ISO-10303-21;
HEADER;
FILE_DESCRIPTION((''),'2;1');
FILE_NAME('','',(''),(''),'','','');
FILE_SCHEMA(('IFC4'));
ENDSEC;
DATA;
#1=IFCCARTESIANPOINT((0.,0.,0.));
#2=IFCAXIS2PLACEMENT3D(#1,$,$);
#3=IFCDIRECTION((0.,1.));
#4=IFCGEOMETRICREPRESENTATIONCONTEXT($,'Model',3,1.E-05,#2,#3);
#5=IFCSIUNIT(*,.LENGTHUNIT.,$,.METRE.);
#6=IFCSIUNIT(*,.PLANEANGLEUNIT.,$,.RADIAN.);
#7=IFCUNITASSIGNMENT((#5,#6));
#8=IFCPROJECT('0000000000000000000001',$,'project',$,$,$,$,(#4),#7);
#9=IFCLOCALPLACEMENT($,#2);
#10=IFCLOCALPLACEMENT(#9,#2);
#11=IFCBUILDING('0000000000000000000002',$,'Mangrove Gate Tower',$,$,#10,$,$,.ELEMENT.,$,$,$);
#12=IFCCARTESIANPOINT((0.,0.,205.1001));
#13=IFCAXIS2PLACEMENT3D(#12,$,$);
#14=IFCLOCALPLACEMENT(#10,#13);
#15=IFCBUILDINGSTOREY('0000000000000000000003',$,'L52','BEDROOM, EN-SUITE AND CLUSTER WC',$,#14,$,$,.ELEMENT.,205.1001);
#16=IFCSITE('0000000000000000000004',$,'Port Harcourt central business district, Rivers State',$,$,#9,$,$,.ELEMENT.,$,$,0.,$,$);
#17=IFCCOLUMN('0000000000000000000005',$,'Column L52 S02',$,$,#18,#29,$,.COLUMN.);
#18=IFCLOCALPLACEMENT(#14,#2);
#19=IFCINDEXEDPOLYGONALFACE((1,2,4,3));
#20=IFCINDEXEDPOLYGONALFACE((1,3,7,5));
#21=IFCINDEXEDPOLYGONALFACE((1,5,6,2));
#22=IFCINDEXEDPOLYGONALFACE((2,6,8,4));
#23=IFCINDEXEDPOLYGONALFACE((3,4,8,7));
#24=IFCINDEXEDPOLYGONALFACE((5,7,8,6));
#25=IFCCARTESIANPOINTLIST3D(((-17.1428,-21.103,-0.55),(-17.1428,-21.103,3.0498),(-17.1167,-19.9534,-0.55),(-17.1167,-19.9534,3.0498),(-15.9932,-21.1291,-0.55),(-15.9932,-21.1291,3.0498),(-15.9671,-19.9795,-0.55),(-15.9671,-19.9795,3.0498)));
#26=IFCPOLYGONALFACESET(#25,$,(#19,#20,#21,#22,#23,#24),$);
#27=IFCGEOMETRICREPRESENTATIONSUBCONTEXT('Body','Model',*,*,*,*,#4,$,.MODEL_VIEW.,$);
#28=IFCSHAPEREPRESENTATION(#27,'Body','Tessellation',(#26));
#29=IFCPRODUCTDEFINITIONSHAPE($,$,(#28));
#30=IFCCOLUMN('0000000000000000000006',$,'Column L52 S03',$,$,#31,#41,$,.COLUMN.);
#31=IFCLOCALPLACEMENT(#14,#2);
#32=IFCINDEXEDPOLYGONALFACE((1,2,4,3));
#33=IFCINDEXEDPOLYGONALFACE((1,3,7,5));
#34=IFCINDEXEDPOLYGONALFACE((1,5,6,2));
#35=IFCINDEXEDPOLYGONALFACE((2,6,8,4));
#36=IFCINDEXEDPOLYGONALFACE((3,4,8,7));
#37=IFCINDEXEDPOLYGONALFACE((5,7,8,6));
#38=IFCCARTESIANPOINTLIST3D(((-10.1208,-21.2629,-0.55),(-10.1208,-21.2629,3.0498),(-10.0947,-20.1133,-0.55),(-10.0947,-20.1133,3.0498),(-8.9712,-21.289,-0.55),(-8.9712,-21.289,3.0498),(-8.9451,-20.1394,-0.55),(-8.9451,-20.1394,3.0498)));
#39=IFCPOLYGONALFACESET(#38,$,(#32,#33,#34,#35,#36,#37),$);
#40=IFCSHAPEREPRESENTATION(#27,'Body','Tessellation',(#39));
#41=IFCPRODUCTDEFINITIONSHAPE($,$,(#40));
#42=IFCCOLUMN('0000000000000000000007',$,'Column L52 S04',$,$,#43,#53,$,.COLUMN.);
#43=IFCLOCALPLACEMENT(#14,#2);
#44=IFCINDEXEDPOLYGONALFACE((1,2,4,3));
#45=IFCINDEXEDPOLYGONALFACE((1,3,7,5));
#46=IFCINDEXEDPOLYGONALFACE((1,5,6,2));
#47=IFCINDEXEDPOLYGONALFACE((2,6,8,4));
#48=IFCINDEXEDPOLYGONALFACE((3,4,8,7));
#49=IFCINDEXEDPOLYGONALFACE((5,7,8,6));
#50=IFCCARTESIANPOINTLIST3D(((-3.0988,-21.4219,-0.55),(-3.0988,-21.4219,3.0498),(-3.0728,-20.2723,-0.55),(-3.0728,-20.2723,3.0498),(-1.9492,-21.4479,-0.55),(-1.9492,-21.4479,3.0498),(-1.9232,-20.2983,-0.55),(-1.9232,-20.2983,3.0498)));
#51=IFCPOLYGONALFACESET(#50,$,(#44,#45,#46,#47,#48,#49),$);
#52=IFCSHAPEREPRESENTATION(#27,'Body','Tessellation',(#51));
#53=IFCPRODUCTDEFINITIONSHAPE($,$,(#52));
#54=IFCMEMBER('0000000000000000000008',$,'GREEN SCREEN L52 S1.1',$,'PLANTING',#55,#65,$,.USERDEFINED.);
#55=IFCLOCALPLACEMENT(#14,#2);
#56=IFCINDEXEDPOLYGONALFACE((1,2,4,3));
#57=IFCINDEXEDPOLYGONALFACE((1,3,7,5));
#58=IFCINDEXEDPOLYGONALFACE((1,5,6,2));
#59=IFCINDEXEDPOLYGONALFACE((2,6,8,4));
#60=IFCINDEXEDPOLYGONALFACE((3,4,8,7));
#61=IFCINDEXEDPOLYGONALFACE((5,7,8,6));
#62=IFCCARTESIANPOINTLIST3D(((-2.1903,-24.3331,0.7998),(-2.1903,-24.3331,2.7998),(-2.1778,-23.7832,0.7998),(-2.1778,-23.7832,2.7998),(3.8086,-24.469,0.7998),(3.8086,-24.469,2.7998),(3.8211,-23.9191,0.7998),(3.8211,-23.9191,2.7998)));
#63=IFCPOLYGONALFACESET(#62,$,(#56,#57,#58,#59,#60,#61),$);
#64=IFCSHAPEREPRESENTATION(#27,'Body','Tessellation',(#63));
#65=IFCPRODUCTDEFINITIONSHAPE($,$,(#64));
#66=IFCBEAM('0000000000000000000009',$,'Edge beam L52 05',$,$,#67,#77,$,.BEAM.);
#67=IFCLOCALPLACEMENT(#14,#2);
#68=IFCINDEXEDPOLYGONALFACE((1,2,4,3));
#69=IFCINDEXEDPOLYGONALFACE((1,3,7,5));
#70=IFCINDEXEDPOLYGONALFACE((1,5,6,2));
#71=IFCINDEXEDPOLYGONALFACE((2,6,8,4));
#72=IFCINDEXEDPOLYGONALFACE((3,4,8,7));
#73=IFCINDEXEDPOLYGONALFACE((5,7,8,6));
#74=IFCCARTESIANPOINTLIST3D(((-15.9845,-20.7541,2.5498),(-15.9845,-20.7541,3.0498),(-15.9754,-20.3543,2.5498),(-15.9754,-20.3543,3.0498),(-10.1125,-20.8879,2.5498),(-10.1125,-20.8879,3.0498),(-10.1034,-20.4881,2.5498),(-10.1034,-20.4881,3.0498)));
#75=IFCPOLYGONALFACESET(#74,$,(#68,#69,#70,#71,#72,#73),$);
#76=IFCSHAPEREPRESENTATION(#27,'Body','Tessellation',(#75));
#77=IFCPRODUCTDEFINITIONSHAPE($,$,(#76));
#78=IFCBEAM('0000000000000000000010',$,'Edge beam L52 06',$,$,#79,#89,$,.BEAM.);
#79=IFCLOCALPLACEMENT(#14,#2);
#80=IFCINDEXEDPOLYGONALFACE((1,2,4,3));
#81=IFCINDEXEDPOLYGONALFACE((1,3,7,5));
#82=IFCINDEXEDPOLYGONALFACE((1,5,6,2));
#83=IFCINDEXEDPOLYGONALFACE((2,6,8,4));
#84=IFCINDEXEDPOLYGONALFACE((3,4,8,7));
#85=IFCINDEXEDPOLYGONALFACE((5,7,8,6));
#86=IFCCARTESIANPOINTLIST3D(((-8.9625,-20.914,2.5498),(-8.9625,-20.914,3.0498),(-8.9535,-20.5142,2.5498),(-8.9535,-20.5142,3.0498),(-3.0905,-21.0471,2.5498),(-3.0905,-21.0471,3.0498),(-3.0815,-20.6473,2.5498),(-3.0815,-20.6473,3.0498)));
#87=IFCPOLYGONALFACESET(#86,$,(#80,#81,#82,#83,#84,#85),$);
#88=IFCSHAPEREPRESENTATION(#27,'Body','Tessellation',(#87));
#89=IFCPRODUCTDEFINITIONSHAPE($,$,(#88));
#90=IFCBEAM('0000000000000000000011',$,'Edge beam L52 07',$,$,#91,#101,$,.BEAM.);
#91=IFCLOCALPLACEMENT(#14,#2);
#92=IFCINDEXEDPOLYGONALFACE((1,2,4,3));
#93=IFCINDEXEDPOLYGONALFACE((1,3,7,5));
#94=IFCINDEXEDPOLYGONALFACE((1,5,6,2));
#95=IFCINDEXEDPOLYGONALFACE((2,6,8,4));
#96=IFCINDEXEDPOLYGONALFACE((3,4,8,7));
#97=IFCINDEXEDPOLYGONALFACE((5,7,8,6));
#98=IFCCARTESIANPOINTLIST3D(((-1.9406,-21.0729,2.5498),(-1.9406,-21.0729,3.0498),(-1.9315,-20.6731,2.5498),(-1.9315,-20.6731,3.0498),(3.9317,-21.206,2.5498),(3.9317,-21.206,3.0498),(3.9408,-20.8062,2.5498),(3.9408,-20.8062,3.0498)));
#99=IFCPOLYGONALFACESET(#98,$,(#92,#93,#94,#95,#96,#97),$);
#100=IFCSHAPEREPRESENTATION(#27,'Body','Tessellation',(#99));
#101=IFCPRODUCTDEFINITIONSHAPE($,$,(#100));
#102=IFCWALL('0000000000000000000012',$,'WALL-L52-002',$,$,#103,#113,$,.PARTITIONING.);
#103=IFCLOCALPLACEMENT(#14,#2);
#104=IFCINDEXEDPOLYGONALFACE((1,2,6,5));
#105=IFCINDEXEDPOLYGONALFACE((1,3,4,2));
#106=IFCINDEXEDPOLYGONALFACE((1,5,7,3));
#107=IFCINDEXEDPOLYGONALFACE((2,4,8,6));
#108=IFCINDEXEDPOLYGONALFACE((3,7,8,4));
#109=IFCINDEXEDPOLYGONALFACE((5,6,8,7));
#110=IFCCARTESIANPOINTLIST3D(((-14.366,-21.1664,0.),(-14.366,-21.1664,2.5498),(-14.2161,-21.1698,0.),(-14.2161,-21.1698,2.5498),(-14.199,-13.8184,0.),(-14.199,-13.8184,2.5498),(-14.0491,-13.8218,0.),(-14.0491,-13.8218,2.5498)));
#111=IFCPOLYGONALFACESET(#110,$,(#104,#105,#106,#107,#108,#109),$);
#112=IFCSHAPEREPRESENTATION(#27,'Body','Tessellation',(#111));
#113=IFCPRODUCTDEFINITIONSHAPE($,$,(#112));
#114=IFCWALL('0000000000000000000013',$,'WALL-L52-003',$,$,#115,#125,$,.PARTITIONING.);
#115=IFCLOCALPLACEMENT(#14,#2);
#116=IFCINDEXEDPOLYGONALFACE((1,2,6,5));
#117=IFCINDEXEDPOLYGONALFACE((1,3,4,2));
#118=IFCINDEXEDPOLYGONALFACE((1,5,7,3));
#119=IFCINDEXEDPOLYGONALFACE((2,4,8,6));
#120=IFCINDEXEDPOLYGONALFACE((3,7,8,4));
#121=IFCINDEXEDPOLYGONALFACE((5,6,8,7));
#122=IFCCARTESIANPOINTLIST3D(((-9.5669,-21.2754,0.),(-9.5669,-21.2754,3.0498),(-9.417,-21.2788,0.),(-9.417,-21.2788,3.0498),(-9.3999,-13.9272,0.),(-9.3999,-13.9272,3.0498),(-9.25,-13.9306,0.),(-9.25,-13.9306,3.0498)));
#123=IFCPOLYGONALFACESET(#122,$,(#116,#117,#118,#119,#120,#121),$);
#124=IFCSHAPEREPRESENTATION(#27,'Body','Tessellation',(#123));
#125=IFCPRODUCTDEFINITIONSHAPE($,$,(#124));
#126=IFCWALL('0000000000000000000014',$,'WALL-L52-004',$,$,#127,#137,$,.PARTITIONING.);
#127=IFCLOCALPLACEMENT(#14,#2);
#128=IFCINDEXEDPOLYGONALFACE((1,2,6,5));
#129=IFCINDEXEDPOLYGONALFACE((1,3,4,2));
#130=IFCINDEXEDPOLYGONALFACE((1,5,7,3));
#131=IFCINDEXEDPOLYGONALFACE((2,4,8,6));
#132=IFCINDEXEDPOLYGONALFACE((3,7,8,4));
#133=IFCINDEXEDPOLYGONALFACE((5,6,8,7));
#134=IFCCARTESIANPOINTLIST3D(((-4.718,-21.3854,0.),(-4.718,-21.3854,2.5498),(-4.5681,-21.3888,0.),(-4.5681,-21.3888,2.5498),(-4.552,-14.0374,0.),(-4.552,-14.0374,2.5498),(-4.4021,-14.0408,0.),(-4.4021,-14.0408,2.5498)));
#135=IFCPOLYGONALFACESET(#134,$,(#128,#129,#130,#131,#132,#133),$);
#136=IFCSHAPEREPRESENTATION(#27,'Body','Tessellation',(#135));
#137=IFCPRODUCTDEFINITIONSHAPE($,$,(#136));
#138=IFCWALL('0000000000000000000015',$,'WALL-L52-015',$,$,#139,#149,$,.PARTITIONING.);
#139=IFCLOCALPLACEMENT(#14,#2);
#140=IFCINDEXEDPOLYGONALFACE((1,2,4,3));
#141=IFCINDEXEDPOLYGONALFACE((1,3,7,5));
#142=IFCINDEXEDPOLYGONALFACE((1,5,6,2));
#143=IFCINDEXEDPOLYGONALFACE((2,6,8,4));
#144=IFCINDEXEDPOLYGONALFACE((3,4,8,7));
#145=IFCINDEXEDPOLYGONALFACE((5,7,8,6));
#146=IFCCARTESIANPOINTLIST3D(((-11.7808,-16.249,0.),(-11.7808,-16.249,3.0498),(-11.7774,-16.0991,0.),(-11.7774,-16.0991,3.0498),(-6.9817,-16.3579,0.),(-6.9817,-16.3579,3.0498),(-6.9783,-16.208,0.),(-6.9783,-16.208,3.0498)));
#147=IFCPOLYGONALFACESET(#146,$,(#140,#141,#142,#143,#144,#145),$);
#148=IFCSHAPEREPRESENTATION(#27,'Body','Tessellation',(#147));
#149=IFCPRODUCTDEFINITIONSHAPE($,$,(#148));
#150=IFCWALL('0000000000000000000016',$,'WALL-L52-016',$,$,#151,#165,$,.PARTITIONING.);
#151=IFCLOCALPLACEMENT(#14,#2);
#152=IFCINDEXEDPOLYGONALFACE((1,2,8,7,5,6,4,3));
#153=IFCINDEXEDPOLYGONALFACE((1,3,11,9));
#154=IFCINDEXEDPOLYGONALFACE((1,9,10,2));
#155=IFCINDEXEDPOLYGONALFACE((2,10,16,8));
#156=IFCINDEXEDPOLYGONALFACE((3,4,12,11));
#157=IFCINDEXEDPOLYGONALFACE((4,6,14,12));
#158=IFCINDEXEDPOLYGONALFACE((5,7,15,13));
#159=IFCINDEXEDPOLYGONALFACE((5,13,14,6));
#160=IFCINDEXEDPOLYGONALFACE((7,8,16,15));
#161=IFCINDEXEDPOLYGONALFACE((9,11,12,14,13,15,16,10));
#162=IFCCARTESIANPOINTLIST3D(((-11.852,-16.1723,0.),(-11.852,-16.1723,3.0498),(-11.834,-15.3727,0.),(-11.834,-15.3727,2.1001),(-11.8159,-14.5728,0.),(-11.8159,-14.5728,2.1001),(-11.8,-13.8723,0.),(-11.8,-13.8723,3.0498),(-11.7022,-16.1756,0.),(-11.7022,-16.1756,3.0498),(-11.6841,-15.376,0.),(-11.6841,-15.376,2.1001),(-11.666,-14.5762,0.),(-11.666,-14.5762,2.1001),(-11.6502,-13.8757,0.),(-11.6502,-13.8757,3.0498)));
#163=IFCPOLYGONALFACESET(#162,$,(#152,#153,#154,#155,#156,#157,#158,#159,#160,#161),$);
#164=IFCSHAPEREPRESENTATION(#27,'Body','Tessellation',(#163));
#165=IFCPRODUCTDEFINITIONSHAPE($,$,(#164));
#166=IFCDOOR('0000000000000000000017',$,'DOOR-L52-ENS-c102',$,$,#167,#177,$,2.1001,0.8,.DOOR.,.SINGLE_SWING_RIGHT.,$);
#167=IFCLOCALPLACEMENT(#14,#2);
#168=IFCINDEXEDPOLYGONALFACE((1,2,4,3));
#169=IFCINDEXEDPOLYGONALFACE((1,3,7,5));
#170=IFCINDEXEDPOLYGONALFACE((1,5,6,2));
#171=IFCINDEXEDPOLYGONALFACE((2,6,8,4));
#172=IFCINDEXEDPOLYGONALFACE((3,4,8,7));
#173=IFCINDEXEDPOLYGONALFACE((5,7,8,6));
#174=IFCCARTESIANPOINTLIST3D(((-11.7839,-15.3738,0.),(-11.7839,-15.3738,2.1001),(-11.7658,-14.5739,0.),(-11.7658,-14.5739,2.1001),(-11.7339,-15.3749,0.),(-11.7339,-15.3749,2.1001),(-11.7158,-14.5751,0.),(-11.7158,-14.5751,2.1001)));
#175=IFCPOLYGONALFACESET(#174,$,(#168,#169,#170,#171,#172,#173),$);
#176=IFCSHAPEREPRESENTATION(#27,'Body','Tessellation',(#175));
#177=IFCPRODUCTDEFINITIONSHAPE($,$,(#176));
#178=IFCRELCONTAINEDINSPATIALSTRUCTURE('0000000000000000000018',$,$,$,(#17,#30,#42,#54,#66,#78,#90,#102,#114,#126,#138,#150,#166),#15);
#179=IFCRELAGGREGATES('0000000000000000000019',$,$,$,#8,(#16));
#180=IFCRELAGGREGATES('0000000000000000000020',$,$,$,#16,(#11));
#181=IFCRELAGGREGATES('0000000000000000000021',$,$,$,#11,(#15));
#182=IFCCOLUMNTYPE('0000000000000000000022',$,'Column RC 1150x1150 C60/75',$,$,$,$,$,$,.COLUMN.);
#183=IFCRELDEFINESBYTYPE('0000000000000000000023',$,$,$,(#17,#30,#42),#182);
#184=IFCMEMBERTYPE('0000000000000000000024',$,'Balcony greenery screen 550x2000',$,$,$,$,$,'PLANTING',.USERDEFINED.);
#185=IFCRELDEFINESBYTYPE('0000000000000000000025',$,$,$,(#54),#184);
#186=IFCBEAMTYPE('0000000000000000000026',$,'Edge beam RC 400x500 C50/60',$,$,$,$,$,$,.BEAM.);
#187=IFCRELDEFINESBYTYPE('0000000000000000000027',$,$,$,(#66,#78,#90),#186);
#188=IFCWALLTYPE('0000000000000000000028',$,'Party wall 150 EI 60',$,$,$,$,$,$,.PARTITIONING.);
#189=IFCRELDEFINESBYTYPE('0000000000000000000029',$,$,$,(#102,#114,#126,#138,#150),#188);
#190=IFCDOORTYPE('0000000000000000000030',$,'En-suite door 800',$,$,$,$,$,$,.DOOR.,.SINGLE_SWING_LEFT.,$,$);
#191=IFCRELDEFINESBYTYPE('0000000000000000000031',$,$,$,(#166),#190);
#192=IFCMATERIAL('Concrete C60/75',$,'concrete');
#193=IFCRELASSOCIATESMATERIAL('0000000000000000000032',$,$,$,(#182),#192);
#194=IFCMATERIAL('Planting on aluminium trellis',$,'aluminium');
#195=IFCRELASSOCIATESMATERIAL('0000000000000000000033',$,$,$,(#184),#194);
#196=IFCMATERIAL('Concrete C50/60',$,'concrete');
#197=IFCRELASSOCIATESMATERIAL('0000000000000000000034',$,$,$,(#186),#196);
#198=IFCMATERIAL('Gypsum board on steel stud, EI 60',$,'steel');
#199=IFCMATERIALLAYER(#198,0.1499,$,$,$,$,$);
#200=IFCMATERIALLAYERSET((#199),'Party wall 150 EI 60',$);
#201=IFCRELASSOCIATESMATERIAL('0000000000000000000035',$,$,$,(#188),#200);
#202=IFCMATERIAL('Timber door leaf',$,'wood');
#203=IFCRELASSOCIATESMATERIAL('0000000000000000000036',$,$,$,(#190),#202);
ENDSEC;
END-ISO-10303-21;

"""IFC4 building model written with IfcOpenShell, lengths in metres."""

from ifc_helpers import new_model, si_unit, direction, frame, frame_2d, origin, origin_2d, place, context, subcontext, project, spatial, rectangle, extrude, material, layer, layer_set, material_profile, profile_set, type_object, element, fill, save


model = new_model("IFC4")

# Units and contexts
model_context = context("Model", 3, precision=1e-05, world=origin(), true_north=direction((0.0, 1.0)))
body_context = subcontext(model_context, "Body", "Model", "MODEL_VIEW")
ifc_project = project(units=[si_unit("LENGTHUNIT", "METRE"), si_unit("PLANEANGLEUNIT", "RADIAN")], contexts=[model_context])

# Site, building, storey
site_placement = place(None, origin())
site = spatial("IfcSite", under=ifc_project, at=site_placement, Name="Port Harcourt central business district, Rivers State", CompositionType="ELEMENT", RefElevation=0.0)
building_placement = place(site_placement, origin())
building = spatial("IfcBuilding", under=site, at=building_placement, Name="Mangrove Gate Tower", CompositionType="ELEMENT")
storey_placement = place(building_placement, frame((0.0, 0.0, 205.1001)))
storey = spatial("IfcBuildingStorey", under=building, at=storey_placement, Name="L52", Description="BEDROOM, EN-SUITE AND CLUSTER WC", CompositionType="ELEMENT", Elevation=205.1001)

# Columns
ifc_material_1 = material(Name="Concrete C60/75", Category="concrete")
ifc_material_profile_1 = material_profile(ifc_material_1, rectangle(XDim=1.1499, YDim=1.1499, at=origin_2d()))
ifc_profile_set_1 = profile_set([ifc_material_profile_1], Name="Concrete C60/75")
column_type = type_object("IfcColumnType", Name="Column RC 1150x1150 C60/75", PredefinedType="COLUMN", material=ifc_profile_set_1)
for number, where, z_axis, x_axis, name in (
    (1, (-16.5549, -20.5413, -0.55), (0.0, 0.0, 1.0), (0.999742, -0.022707, 0.0), "Column L52 S02"),
    (2, (-9.533, -20.7012, -0.55), (0.0, 0.0, 1.0), (0.999742, -0.022708, 0.0), "Column L52 S03"),
    (3, (-2.511, -20.8601, -0.55), (0.0, 0.0, 1.0), (0.999744, -0.022637, 0.0), "Column L52 S04"),
):
    element("IfcColumn", number, at=place(storey_placement, frame(where, z_axis=z_axis, x_axis=x_axis)), inside=storey, type_object=column_type, Name=name, PredefinedType="COLUMN", context=body_context, shape_type="SweptSolid", body=[
        extrude(rectangle(XDim=1.1499, YDim=1.1499, at=origin_2d()), origin(), (0.0, 0.0, 1.0), 3.5999),
    ])

# Member
ifc_material_2 = material(Name="Planting on aluminium trellis", Category="aluminium")
ifc_material_profile_2 = material_profile(ifc_material_2, rectangle(XDim=0.55, YDim=2.0, at=origin_2d()))
ifc_profile_set_2 = profile_set([ifc_material_profile_2], Name="Planting on aluminium trellis")
member_type = type_object("IfcMemberType", Name="Balcony greenery screen 550x2000", ElementType="PLANTING", PredefinedType="USERDEFINED", material=ifc_profile_set_2)
member_placement = place(storey_placement, frame((-2.1841, -24.0581, 1.7998), z_axis=(0.999743, -0.022662, 0.0), x_axis=(0.022662, 0.999743, 0.0)))
element("IfcMember", 4, at=member_placement, inside=storey, type_object=member_type, Name="GREEN SCREEN L52 S1.1", ObjectType="PLANTING", PredefinedType="USERDEFINED", context=body_context, shape_type="SweptSolid", body=[
    extrude(rectangle(XDim=0.55, YDim=2.0, at=origin_2d()), origin(), (0.0, 0.0, 1.0), 6.0005),
])

# Beams
ifc_material_3 = material(Name="Concrete C50/60", Category="concrete")
ifc_material_profile_3 = material_profile(ifc_material_3, rectangle(XDim=0.3999, YDim=0.5, at=origin_2d()))
ifc_profile_set_3 = profile_set([ifc_material_profile_3], Name="Concrete C50/60")
beam_type = type_object("IfcBeamType", Name="Edge beam RC 400x500 C50/60", PredefinedType="BEAM", material=ifc_profile_set_3)
for number, where, z_axis, x_axis, name in (
    (5, (-15.98, -20.5542, 2.7998), (0.999741, -0.022778, 0.0), (0.022778, 0.999741, 0.0), "Edge beam L52 05"),
    (6, (-8.958, -20.7141, 2.7998), (0.999743, -0.022653, 0.0), (0.022653, 0.999743, 0.0), "Edge beam L52 06"),
):
    element("IfcBeam", number, at=place(storey_placement, frame(where, z_axis=z_axis, x_axis=x_axis)), inside=storey, type_object=beam_type, Name=name, PredefinedType="BEAM", context=body_context, shape_type="SweptSolid", body=[
        extrude(rectangle(XDim=0.3999, YDim=0.5, at=origin_2d()), origin(), (0.0, 0.0, 1.0), 5.8735),
    ])
beam_placement = place(storey_placement, frame((-1.936, -20.873, 2.7998), z_axis=(0.999743, -0.022652, 0.0), x_axis=(0.022652, 0.999743, 0.0)))
element("IfcBeam", 7, at=beam_placement, inside=storey, type_object=beam_type, Name="Edge beam L52 07", PredefinedType="BEAM", context=body_context, shape_type="SweptSolid", body=[
    extrude(rectangle(XDim=0.3999, YDim=0.5, at=origin_2d()), origin(), (0.0, 0.0, 1.0), 5.8738),
])

# Walls
ifc_material_4 = material(Name="Gypsum board on steel stud, EI 60", Category="steel")
ifc_layer_1 = layer(ifc_material_4, 0.1499)
ifc_layer_set_1 = layer_set([ifc_layer_1], Name="Party wall 150 EI 60")
wall_type_1 = type_object("IfcWallType", Name="Party wall 150 EI 60", PredefinedType="PARTITIONING", material=ifc_layer_set_1)
wall_1_placement = place(storey_placement, frame((-14.291, -21.168, 0.0), z_axis=(0.0, 0.0, 1.0), x_axis=(0.022721, 0.999742, 0.0)))
element("IfcWall", 8, at=wall_1_placement, inside=storey, type_object=wall_type_1, Name="WALL-L52-002", PredefinedType="PARTITIONING", context=body_context, shape_type="SweptSolid", body=[
    extrude(rectangle(XDim=7.3499, YDim=0.1499, at=frame_2d((3.6748, 0.0))), origin(), (0.0, 0.0, 1.0), 2.5498),
])
wall_2_placement = place(storey_placement, frame((-9.4919, -21.2771, 0.0), z_axis=(0.0, 0.0, 1.0), x_axis=(0.02272, 0.999742, 0.0)))
element("IfcWall", 9, at=wall_2_placement, inside=storey, type_object=wall_type_1, Name="WALL-L52-003", PredefinedType="PARTITIONING", context=body_context, shape_type="SweptSolid", body=[
    extrude(rectangle(XDim=7.3501, YDim=0.1499, at=frame_2d((3.675, 0.0))), origin(), (0.0, 0.0, 1.0), 3.0498),
])
wall_3_placement = place(storey_placement, frame((-4.6431, -21.387, 0.0), z_axis=(0.0, 0.0, 1.0), x_axis=(0.022588, 0.999745, 0.0)))
element("IfcWall", 10, at=wall_3_placement, inside=storey, type_object=wall_type_1, Name="WALL-L52-004", PredefinedType="PARTITIONING", context=body_context, shape_type="SweptSolid", body=[
    extrude(rectangle(XDim=7.3499, YDim=0.1499, at=frame_2d((3.6748, 0.0))), origin(), (0.0, 0.0, 1.0), 2.5498),
])
wall_4_placement = place(storey_placement, frame((-11.7791, -16.1741, 0.0), z_axis=(0.0, 0.0, 1.0), x_axis=(0.999743, -0.022683, 0.0)))
element("IfcWall", 11, at=wall_4_placement, inside=storey, type_object=wall_type_1, Name="WALL-L52-015", PredefinedType="PARTITIONING", context=body_context, shape_type="SweptSolid", body=[
    extrude(rectangle(XDim=4.8003, YDim=0.1499, at=frame_2d((2.4001, 0.0))), origin(), (0.0, 0.0, 1.0), 3.0498),
])

# Wall, opening, door
wall_5_placement = place(storey_placement, frame((-11.7771, -16.1741, 0.0), z_axis=(0.0, 0.0, 1.0), x_axis=(0.022603, 0.999745, 0.0)))
wall_5 = element("IfcWall", 12, at=wall_5_placement, inside=storey, type_object=wall_type_1, Name="WALL-L52-016", PredefinedType="PARTITIONING", context=body_context, shape_type="SweptSolid", body=[
    extrude(rectangle(XDim=2.3005, YDim=0.1499, at=frame_2d((1.1504, 0.0))), origin(), (0.0, 0.0, 1.0), 3.0498),
])
opening_1_placement = place(wall_5_placement, frame((0.8, 0.0, 0.0)))
opening_1 = element("IfcOpeningElement", 13, at=opening_1_placement, cuts=wall_5, PredefinedType="OPENING", context=body_context, shape_type="SweptSolid", body=[
    extrude(rectangle(XDim=0.8, YDim=2.1001, at=frame_2d((0.3999, 1.05))), frame((0.0, 0.085, 0.0), z_axis=(0.0, -1.0, 0.0), x_axis=(1.0, 0.0, 0.0)), (0.0, 0.0, 1.0), 0.1699),
])
ifc_material_5 = material(Name="Timber door leaf", Category="wood")
door_type = type_object("IfcDoorType", Name="En-suite door 800", OperationType="SINGLE_SWING_LEFT", PredefinedType="DOOR", material=ifc_material_5)
door_1_placement = place(opening_1_placement, origin())
door_1 = element("IfcDoor", 14, at=door_1_placement, inside=storey, type_object=door_type, Name="DOOR-L52-ENS-c102", OperationType="SINGLE_SWING_RIGHT", OverallHeight=2.1001, OverallWidth=0.8, PredefinedType="DOOR", context=body_context, shape_type="SweptSolid", body=[
    extrude(rectangle(XDim=0.8, YDim=2.1001, at=frame_2d((0.3999, 1.05))), frame((0.0, 0.0249, 0.0), z_axis=(0.0, -1.0, 0.0), x_axis=(1.0, 0.0, 0.0)), (0.0, 0.0, 1.0), 0.05),
])
fill(opening_1, door_1)

save(model, "model.ifc")
